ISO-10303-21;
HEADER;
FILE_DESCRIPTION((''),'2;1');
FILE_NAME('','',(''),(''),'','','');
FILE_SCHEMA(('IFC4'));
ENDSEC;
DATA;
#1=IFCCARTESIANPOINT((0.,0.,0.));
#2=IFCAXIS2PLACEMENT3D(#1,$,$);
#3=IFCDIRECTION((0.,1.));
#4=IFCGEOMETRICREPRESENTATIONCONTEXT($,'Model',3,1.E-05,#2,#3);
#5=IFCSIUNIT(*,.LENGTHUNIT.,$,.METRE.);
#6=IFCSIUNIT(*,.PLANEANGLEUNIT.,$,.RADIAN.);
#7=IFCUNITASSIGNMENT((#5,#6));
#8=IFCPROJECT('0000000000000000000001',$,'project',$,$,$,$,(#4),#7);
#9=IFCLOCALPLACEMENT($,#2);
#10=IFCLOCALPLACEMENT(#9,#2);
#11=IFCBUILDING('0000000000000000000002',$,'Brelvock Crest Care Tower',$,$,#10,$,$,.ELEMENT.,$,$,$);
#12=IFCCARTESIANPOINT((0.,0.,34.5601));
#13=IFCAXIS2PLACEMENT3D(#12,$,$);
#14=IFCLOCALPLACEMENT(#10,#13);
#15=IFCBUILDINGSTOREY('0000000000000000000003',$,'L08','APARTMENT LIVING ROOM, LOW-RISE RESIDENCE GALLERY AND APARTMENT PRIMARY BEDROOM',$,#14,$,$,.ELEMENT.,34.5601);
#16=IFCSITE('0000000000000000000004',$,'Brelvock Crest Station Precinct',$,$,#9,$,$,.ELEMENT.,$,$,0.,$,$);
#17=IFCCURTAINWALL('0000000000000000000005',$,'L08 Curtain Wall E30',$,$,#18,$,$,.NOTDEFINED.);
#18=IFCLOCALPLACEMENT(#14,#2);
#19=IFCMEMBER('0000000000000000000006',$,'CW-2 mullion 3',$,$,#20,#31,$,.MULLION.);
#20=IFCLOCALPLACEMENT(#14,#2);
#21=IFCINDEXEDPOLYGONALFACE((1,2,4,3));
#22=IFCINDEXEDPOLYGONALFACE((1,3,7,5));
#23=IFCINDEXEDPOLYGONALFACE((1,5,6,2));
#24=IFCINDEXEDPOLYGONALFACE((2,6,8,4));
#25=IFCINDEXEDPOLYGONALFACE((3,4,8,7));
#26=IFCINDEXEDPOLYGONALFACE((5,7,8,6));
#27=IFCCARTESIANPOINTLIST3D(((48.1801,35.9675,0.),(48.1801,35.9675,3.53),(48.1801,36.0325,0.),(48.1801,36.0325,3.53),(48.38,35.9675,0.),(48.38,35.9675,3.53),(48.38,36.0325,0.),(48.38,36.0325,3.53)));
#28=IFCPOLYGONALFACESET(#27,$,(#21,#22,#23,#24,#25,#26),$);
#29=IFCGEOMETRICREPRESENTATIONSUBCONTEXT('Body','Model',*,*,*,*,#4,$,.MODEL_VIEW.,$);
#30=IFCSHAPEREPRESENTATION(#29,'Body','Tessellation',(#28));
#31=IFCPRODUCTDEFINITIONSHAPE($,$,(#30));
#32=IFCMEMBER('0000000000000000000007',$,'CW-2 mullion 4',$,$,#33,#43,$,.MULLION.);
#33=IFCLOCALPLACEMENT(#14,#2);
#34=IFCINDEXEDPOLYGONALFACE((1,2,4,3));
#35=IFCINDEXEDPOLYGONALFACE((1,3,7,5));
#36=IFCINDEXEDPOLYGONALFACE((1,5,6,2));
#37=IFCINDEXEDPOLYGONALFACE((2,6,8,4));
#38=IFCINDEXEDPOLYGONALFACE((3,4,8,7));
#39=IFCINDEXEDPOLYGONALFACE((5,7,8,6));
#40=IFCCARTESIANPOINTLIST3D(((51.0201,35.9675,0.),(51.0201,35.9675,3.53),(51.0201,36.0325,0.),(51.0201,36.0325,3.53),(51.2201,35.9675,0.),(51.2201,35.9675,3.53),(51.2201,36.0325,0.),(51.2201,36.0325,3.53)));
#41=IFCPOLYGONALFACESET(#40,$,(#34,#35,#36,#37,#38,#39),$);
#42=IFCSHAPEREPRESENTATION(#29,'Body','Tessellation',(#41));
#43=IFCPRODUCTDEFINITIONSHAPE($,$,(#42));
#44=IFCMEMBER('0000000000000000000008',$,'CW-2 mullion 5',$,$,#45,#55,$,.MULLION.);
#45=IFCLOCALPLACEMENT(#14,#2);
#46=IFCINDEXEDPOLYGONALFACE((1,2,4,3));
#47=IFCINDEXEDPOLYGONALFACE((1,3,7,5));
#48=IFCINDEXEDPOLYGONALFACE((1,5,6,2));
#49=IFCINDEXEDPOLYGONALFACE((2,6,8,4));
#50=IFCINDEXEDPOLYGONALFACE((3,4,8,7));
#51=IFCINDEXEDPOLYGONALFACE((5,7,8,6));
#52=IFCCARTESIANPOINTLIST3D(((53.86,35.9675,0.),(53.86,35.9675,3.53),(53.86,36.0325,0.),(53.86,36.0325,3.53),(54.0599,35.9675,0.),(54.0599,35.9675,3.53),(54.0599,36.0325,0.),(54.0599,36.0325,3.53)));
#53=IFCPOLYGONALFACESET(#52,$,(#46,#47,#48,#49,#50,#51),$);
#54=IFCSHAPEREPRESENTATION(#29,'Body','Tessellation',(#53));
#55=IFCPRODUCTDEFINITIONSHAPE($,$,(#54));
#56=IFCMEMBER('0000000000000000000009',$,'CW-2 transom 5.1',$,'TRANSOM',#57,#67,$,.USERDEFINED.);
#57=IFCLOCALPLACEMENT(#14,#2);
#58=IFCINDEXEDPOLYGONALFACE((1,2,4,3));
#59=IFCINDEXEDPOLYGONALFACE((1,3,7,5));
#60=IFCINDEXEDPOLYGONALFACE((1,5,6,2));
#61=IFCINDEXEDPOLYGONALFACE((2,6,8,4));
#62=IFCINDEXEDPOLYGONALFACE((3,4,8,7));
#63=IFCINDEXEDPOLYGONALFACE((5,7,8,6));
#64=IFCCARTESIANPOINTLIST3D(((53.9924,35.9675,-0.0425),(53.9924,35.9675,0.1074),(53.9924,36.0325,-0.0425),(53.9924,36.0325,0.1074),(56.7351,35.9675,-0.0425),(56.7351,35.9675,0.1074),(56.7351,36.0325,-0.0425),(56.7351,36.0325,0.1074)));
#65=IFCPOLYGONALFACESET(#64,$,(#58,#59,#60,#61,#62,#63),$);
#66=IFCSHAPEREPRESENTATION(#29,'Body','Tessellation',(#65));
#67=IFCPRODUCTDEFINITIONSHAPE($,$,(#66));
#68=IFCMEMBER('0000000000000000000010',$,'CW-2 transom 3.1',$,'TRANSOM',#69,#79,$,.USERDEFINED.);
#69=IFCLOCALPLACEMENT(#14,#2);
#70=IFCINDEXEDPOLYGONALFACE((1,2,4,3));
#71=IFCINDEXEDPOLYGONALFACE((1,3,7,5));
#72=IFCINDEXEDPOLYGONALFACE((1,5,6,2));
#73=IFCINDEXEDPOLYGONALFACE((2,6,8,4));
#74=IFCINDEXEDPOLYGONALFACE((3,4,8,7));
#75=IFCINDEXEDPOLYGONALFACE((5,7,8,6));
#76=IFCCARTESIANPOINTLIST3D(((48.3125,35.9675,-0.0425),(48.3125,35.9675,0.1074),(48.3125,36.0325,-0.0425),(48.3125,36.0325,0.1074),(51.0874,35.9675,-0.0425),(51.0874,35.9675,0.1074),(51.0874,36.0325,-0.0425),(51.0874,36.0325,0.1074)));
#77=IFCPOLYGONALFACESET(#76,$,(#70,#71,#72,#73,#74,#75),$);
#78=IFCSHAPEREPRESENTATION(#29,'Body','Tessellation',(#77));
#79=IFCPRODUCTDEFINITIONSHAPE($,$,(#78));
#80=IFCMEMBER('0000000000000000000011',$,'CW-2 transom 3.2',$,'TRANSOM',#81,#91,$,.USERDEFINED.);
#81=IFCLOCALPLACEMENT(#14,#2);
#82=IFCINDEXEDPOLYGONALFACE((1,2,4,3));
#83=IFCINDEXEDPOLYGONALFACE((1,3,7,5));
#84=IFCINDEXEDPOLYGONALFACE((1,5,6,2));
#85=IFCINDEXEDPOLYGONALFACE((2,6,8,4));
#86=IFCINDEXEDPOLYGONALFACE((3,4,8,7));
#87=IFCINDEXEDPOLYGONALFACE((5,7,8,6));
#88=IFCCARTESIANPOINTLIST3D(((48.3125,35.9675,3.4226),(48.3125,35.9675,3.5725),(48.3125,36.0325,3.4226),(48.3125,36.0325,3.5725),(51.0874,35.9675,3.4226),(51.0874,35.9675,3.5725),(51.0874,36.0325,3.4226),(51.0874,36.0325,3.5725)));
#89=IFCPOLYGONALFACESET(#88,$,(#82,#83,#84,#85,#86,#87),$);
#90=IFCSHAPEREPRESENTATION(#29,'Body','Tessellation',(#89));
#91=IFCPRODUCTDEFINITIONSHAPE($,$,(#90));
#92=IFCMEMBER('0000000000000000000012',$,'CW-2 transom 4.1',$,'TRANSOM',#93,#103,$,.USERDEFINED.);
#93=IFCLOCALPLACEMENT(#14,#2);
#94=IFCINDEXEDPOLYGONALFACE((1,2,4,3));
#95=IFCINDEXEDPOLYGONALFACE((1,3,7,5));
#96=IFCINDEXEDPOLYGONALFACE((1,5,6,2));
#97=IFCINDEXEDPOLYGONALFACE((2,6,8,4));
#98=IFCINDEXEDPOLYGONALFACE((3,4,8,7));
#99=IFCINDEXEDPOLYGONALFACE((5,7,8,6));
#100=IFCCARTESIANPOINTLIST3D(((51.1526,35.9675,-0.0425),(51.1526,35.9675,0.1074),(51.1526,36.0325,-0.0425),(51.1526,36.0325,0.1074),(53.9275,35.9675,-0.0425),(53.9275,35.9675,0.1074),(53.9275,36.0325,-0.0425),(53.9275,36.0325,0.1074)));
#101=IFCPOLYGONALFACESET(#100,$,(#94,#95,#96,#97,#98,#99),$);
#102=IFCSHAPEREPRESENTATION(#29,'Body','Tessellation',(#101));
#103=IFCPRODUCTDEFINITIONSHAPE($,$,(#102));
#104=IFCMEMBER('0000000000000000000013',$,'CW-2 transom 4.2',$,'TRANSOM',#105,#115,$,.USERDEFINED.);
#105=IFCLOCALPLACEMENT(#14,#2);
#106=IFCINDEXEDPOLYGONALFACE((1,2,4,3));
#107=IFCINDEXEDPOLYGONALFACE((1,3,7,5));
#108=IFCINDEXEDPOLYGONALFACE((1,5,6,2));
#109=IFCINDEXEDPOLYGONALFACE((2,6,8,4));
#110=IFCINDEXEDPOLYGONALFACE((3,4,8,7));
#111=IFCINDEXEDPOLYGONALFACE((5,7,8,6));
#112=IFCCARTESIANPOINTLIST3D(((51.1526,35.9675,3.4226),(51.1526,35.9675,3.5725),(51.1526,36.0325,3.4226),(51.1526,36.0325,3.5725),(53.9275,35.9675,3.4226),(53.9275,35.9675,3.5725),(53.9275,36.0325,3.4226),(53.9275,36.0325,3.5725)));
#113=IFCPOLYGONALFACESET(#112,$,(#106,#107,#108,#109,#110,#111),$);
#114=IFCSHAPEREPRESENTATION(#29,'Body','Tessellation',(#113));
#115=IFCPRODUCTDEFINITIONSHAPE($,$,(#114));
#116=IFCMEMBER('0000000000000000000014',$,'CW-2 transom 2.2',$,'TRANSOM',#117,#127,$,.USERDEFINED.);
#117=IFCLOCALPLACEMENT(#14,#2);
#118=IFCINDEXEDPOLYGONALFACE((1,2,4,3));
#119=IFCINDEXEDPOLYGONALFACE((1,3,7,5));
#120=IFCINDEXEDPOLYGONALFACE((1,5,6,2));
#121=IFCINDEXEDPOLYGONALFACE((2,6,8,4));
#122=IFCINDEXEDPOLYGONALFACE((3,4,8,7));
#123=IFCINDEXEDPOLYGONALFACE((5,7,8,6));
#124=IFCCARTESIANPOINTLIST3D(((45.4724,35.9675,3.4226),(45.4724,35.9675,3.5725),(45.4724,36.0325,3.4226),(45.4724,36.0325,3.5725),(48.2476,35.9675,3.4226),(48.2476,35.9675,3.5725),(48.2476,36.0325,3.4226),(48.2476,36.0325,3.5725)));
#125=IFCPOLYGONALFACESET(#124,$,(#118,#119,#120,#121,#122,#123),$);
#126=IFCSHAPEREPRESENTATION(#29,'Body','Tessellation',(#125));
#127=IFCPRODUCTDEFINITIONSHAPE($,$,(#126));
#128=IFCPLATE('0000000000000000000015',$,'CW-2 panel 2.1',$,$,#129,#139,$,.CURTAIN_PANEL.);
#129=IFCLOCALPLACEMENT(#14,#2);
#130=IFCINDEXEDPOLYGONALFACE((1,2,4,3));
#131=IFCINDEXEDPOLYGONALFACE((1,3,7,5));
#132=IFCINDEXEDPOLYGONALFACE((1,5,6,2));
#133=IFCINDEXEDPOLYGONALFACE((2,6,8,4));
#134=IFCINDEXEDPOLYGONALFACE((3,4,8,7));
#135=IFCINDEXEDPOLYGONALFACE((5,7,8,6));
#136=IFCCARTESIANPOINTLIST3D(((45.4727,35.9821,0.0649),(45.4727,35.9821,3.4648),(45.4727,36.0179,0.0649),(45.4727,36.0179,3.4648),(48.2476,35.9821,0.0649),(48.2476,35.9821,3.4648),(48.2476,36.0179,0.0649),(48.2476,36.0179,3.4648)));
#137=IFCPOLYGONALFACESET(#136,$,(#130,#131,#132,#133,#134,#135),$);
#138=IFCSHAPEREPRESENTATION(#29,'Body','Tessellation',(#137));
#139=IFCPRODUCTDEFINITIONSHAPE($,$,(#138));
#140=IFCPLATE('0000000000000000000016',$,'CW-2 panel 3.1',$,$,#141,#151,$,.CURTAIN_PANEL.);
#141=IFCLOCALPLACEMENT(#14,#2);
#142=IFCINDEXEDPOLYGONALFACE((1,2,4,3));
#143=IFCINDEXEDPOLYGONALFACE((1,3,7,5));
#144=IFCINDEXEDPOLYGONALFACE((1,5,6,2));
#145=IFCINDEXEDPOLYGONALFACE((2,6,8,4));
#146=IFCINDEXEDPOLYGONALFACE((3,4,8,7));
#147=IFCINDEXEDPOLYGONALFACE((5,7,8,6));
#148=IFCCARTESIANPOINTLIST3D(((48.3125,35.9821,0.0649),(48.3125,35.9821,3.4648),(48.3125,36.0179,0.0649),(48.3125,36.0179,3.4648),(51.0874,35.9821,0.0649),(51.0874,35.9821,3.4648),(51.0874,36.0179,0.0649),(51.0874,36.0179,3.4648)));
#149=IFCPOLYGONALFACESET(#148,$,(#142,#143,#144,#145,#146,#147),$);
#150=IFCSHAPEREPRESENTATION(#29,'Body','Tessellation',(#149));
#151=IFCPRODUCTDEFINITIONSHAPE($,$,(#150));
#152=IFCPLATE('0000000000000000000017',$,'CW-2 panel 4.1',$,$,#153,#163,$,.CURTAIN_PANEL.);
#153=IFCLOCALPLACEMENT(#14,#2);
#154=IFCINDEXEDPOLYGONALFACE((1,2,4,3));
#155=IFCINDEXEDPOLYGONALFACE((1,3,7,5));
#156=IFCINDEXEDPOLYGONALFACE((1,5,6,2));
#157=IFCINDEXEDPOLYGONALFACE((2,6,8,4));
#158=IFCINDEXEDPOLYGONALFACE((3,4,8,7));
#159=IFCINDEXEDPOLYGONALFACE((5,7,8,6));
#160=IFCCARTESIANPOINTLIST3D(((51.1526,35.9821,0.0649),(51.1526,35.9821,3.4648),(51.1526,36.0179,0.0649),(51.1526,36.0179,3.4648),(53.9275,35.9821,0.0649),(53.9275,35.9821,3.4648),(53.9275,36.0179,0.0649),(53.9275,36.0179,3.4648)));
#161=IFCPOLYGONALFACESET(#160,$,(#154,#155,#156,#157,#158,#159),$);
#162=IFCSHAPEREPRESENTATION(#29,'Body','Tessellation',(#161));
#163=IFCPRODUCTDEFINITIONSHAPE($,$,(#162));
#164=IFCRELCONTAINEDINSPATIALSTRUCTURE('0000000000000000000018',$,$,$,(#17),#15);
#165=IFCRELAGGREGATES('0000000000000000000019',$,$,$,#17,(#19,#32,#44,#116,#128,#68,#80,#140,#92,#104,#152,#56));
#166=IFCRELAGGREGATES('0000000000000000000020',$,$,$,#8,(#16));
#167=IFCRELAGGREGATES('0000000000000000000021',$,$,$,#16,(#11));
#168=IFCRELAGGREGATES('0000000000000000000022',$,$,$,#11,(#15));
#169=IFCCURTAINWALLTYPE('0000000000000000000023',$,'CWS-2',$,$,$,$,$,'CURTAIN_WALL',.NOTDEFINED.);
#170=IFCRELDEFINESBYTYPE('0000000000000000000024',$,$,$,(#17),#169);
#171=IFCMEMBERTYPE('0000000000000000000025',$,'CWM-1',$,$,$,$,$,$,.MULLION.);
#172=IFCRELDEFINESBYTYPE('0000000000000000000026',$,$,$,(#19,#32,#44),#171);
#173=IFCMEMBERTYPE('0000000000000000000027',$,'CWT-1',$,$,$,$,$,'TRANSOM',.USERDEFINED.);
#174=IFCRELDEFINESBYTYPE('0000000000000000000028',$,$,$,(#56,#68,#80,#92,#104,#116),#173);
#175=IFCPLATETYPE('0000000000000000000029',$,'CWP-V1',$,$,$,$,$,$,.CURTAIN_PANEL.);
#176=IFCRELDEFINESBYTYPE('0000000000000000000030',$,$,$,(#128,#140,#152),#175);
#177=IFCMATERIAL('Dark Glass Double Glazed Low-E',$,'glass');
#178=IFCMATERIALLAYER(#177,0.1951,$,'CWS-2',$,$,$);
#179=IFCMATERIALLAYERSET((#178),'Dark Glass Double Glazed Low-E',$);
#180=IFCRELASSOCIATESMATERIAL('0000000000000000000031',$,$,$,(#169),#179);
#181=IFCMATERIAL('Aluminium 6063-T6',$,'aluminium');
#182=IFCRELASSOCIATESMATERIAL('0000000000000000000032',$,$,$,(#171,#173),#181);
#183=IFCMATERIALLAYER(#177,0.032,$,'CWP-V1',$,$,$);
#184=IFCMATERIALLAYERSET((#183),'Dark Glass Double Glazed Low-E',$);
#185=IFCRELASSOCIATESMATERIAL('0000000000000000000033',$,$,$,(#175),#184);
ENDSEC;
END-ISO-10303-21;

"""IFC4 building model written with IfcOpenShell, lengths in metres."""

from ifc_helpers import new_model, si_unit, direction, frame, origin, origin_2d, place, context, subcontext, project, spatial, rectangle, extrude, source, transform, mapped, material, layer, layer_set, material_profile, profile_set, type_object, element, aggregate, save


model = new_model("IFC4")

# Units and contexts
model_context = context("Model", 3, precision=1e-05, world=origin(), true_north=direction((0.0, 1.0)))
body_context = subcontext(model_context, "Body", "Model", "MODEL_VIEW")
ifc_project = project(units=[si_unit("LENGTHUNIT", "METRE"), si_unit("PLANEANGLEUNIT", "RADIAN")], contexts=[model_context])

# Site, building, storey
site_placement = place(None, origin())
site = spatial("IfcSite", under=ifc_project, at=site_placement, Name="Brelvock Crest Station Precinct", CompositionType="ELEMENT", RefElevation=0.0)
building_placement = place(site_placement, origin())
building = spatial("IfcBuilding", under=site, at=building_placement, Name="Brelvock Crest Care Tower", CompositionType="ELEMENT")
storey_placement = place(building_placement, frame((0.0, 0.0, 34.5601)))
storey = spatial("IfcBuildingStorey", under=building, at=storey_placement, Name="L08", Description="APARTMENT LIVING ROOM, LOW-RISE RESIDENCE GALLERY AND APARTMENT PRIMARY BEDROOM", CompositionType="ELEMENT", Elevation=34.5601)

# Curtain wall, members, plates
ifc_material_1 = material(Name="Dark Glass Double Glazed Low-E", Category="glass")
ifc_layer_1 = layer(ifc_material_1, 0.1951, Name="CWS-2")
ifc_layer_set_1 = layer_set([ifc_layer_1], Name="Dark Glass Double Glazed Low-E")
curtain_wall_type = type_object("IfcCurtainWallType", Name="CWS-2", ElementType="CURTAIN_WALL", PredefinedType="NOTDEFINED", material=ifc_layer_set_1)
curtain_wall_placement = place(storey_placement, origin())
curtain_wall = element("IfcCurtainWall", 1, at=curtain_wall_placement, inside=storey, type_object=curtain_wall_type, Name="L08 Curtain Wall E30", PredefinedType="NOTDEFINED")
ifc_material_2 = material(Name="Aluminium 6063-T6", Category="aluminium")
ifc_material_profile_1 = material_profile(ifc_material_2, rectangle(XDim=0.0649, YDim=0.2, at=origin_2d()), Name="ALU65x200")
ifc_profile_set_1 = profile_set([ifc_material_profile_1], Name="Aluminium 6063-T6")
member_type_1 = type_object("IfcMemberType", Name="CWM-1", PredefinedType="MULLION", material=ifc_profile_set_1)
shared_shape_1 = source(origin(), body_context, "Body", "SweptSolid", [
    extrude(rectangle(XDim=0.0649, YDim=0.2, at=origin_2d()), origin(), (0.0, 0.0, 1.0), 3.53),
])
member_1_placement = place(storey_placement, frame((48.28, 36.0, 0.0), z_axis=(0.0, 0.0, 1.0), x_axis=(0.0, 1.0, 0.0)))
member_1 = element("IfcMember", 2, at=member_1_placement, type_object=member_type_1, Name="CW-2 mullion 3", PredefinedType="MULLION", context=body_context, shape_type="MappedRepresentation", body=[
    mapped(shared_shape_1, transform((0.0, 0.0, 0.0), x_axis=(1.0, 0.0, 0.0), y_axis=(0.0, 1.0, 0.0), z_axis=(0.0, 0.0, 1.0), scale=1.0)),
])
member_2_placement = place(storey_placement, frame((51.1201, 36.0, 0.0), z_axis=(0.0, 0.0, 1.0), x_axis=(0.0, 1.0, 0.0)))
member_2 = element("IfcMember", 3, at=member_2_placement, type_object=member_type_1, Name="CW-2 mullion 4", PredefinedType="MULLION", context=body_context, shape_type="MappedRepresentation", body=[
    mapped(shared_shape_1, transform((0.0, 0.0, 0.0), x_axis=(1.0, 0.0, 0.0), y_axis=(0.0, 1.0, 0.0), z_axis=(0.0, 0.0, 1.0), scale=1.0)),
])
member_3_placement = place(storey_placement, frame((53.96, 36.0, 0.0), z_axis=(0.0, 0.0, 1.0), x_axis=(0.0, 1.0, 0.0)))
member_3 = element("IfcMember", 4, at=member_3_placement, type_object=member_type_1, Name="CW-2 mullion 5", PredefinedType="MULLION", context=body_context, shape_type="MappedRepresentation", body=[
    mapped(shared_shape_1, transform((0.0, 0.0, 0.0), x_axis=(1.0, 0.0, 0.0), y_axis=(0.0, 1.0, 0.0), z_axis=(0.0, 0.0, 1.0), scale=1.0)),
])
ifc_material_profile_2 = material_profile(ifc_material_2, rectangle(XDim=0.0649, YDim=0.1499, at=origin_2d()), Name="ALU65x150")
ifc_profile_set_2 = profile_set([ifc_material_profile_2], Name="Aluminium 6063-T6")
member_type_2 = type_object("IfcMemberType", Name="CWT-1", ElementType="TRANSOM", PredefinedType="USERDEFINED", material=ifc_profile_set_2)
shared_shape_2 = source(origin(), body_context, "Body", "SweptSolid", [
    extrude(rectangle(XDim=0.0649, YDim=0.1499, at=origin_2d()), origin(), (0.0, 0.0, 1.0), 2.7427),
])
member_4_placement = place(storey_placement, frame((53.9924, 36.0, 0.0325), z_axis=(1.0, 0.0, 0.0), x_axis=(0.0, 1.0, 0.0)))
member_4 = element("IfcMember", 5, at=member_4_placement, type_object=member_type_2, Name="CW-2 transom 5.1", ObjectType="TRANSOM", PredefinedType="USERDEFINED", context=body_context, shape_type="MappedRepresentation", body=[
    mapped(shared_shape_2, transform((0.0, 0.0, 0.0), x_axis=(1.0, 0.0, 0.0), y_axis=(0.0, 1.0, 0.0), z_axis=(0.0, 0.0, 1.0), scale=1.0)),
])
shared_shape_3 = source(origin(), body_context, "Body", "SweptSolid", [
    extrude(rectangle(XDim=0.0649, YDim=0.1499, at=origin_2d()), origin(), (0.0, 0.0, 1.0), 2.7749),
])
member_5_placement = place(storey_placement, frame((48.3125, 36.0, 0.0325), z_axis=(1.0, 0.0, 0.0), x_axis=(0.0, 1.0, 0.0)))
member_5 = element("IfcMember", 6, at=member_5_placement, type_object=member_type_2, Name="CW-2 transom 3.1", ObjectType="TRANSOM", PredefinedType="USERDEFINED", context=body_context, shape_type="MappedRepresentation", body=[
    mapped(shared_shape_3, transform((0.0, 0.0, 0.0), x_axis=(1.0, 0.0, 0.0), y_axis=(0.0, 1.0, 0.0), z_axis=(0.0, 0.0, 1.0), scale=1.0)),
])
member_6_placement = place(storey_placement, frame((48.3125, 36.0, 3.4976), z_axis=(1.0, 0.0, 0.0), x_axis=(0.0, 1.0, 0.0)))
member_6 = element("IfcMember", 7, at=member_6_placement, type_object=member_type_2, Name="CW-2 transom 3.2", ObjectType="TRANSOM", PredefinedType="USERDEFINED", context=body_context, shape_type="MappedRepresentation", body=[
    mapped(shared_shape_3, transform((0.0, 0.0, 0.0), x_axis=(1.0, 0.0, 0.0), y_axis=(0.0, 1.0, 0.0), z_axis=(0.0, 0.0, 1.0), scale=1.0)),
])
member_7_placement = place(storey_placement, frame((51.1526, 36.0, 0.0325), z_axis=(1.0, 0.0, 0.0), x_axis=(0.0, 1.0, 0.0)))
member_7 = element("IfcMember", 8, at=member_7_placement, type_object=member_type_2, Name="CW-2 transom 4.1", ObjectType="TRANSOM", PredefinedType="USERDEFINED", context=body_context, shape_type="MappedRepresentation", body=[
    mapped(shared_shape_3, transform((0.0, 0.0, 0.0), x_axis=(1.0, 0.0, 0.0), y_axis=(0.0, 1.0, 0.0), z_axis=(0.0, 0.0, 1.0), scale=1.0)),
])
member_8_placement = place(storey_placement, frame((51.1526, 36.0, 3.4976), z_axis=(1.0, 0.0, 0.0), x_axis=(0.0, 1.0, 0.0)))
member_8 = element("IfcMember", 9, at=member_8_placement, type_object=member_type_2, Name="CW-2 transom 4.2", ObjectType="TRANSOM", PredefinedType="USERDEFINED", context=body_context, shape_type="MappedRepresentation", body=[
    mapped(shared_shape_3, transform((0.0, 0.0, 0.0), x_axis=(1.0, 0.0, 0.0), y_axis=(0.0, 1.0, 0.0), z_axis=(0.0, 0.0, 1.0), scale=1.0)),
])
shared_shape_4 = source(origin(), body_context, "Body", "SweptSolid", [
    extrude(rectangle(XDim=0.0649, YDim=0.1499, at=origin_2d()), origin(), (0.0, 0.0, 1.0), 2.7751),
])
member_9_placement = place(storey_placement, frame((45.4724, 36.0, 3.4976), z_axis=(1.0, 0.0, 0.0), x_axis=(0.0, 1.0, 0.0)))
member_9 = element("IfcMember", 10, at=member_9_placement, type_object=member_type_2, Name="CW-2 transom 2.2", ObjectType="TRANSOM", PredefinedType="USERDEFINED", context=body_context, shape_type="MappedRepresentation", body=[
    mapped(shared_shape_4, transform((0.0, 0.0, 0.0), x_axis=(1.0, 0.0, 0.0), y_axis=(0.0, 1.0, 0.0), z_axis=(0.0, 0.0, 1.0), scale=1.0)),
])
ifc_layer_2 = layer(ifc_material_1, 0.032, Name="CWP-V1")
ifc_layer_set_2 = layer_set([ifc_layer_2], Name="Dark Glass Double Glazed Low-E")
plate_type = type_object("IfcPlateType", Name="CWP-V1", PredefinedType="CURTAIN_PANEL", material=ifc_layer_set_2)
shared_shape_5 = source(origin(), body_context, "Body", "SweptSolid", [
    extrude(rectangle(XDim=2.7749, YDim=0.0359, at=origin_2d()), origin(), (0.0, 0.0, 1.0), 3.3999),
])
plate_1_placement = place(storey_placement, frame((46.8601, 36.0, 0.0649), z_axis=(0.0, 0.0, 1.0), x_axis=(1.0, 0.0, 0.0)))
plate_1 = element("IfcPlate", 11, at=plate_1_placement, type_object=plate_type, Name="CW-2 panel 2.1", PredefinedType="CURTAIN_PANEL", context=body_context, shape_type="MappedRepresentation", body=[
    mapped(shared_shape_5, transform((0.0, 0.0, 0.0), x_axis=(1.0, 0.0, 0.0), y_axis=(0.0, 1.0, 0.0), z_axis=(0.0, 0.0, 1.0), scale=1.0)),
])
plate_2_placement = place(storey_placement, frame((49.7, 36.0, 0.0649), z_axis=(0.0, 0.0, 1.0), x_axis=(1.0, 0.0, 0.0)))
plate_2 = element("IfcPlate", 12, at=plate_2_placement, type_object=plate_type, Name="CW-2 panel 3.1", PredefinedType="CURTAIN_PANEL", context=body_context, shape_type="MappedRepresentation", body=[
    mapped(shared_shape_5, transform((0.0, 0.0, 0.0), x_axis=(1.0, 0.0, 0.0), y_axis=(0.0, 1.0, 0.0), z_axis=(0.0, 0.0, 1.0), scale=1.0)),
])
plate_3_placement = place(storey_placement, frame((52.54, 36.0, 0.0649), z_axis=(0.0, 0.0, 1.0), x_axis=(1.0, 0.0, 0.0)))
plate_3 = element("IfcPlate", 13, at=plate_3_placement, type_object=plate_type, Name="CW-2 panel 4.1", PredefinedType="CURTAIN_PANEL", context=body_context, shape_type="MappedRepresentation", body=[
    mapped(shared_shape_5, transform((0.0, 0.0, 0.0), x_axis=(1.0, 0.0, 0.0), y_axis=(0.0, 1.0, 0.0), z_axis=(0.0, 0.0, 1.0), scale=1.0)),
])
aggregate(curtain_wall, [member_1, member_2, member_3, member_9, plate_1, member_5, member_6, plate_2, member_7, member_8, plate_3, member_4])

save(model, "model.ifc")
